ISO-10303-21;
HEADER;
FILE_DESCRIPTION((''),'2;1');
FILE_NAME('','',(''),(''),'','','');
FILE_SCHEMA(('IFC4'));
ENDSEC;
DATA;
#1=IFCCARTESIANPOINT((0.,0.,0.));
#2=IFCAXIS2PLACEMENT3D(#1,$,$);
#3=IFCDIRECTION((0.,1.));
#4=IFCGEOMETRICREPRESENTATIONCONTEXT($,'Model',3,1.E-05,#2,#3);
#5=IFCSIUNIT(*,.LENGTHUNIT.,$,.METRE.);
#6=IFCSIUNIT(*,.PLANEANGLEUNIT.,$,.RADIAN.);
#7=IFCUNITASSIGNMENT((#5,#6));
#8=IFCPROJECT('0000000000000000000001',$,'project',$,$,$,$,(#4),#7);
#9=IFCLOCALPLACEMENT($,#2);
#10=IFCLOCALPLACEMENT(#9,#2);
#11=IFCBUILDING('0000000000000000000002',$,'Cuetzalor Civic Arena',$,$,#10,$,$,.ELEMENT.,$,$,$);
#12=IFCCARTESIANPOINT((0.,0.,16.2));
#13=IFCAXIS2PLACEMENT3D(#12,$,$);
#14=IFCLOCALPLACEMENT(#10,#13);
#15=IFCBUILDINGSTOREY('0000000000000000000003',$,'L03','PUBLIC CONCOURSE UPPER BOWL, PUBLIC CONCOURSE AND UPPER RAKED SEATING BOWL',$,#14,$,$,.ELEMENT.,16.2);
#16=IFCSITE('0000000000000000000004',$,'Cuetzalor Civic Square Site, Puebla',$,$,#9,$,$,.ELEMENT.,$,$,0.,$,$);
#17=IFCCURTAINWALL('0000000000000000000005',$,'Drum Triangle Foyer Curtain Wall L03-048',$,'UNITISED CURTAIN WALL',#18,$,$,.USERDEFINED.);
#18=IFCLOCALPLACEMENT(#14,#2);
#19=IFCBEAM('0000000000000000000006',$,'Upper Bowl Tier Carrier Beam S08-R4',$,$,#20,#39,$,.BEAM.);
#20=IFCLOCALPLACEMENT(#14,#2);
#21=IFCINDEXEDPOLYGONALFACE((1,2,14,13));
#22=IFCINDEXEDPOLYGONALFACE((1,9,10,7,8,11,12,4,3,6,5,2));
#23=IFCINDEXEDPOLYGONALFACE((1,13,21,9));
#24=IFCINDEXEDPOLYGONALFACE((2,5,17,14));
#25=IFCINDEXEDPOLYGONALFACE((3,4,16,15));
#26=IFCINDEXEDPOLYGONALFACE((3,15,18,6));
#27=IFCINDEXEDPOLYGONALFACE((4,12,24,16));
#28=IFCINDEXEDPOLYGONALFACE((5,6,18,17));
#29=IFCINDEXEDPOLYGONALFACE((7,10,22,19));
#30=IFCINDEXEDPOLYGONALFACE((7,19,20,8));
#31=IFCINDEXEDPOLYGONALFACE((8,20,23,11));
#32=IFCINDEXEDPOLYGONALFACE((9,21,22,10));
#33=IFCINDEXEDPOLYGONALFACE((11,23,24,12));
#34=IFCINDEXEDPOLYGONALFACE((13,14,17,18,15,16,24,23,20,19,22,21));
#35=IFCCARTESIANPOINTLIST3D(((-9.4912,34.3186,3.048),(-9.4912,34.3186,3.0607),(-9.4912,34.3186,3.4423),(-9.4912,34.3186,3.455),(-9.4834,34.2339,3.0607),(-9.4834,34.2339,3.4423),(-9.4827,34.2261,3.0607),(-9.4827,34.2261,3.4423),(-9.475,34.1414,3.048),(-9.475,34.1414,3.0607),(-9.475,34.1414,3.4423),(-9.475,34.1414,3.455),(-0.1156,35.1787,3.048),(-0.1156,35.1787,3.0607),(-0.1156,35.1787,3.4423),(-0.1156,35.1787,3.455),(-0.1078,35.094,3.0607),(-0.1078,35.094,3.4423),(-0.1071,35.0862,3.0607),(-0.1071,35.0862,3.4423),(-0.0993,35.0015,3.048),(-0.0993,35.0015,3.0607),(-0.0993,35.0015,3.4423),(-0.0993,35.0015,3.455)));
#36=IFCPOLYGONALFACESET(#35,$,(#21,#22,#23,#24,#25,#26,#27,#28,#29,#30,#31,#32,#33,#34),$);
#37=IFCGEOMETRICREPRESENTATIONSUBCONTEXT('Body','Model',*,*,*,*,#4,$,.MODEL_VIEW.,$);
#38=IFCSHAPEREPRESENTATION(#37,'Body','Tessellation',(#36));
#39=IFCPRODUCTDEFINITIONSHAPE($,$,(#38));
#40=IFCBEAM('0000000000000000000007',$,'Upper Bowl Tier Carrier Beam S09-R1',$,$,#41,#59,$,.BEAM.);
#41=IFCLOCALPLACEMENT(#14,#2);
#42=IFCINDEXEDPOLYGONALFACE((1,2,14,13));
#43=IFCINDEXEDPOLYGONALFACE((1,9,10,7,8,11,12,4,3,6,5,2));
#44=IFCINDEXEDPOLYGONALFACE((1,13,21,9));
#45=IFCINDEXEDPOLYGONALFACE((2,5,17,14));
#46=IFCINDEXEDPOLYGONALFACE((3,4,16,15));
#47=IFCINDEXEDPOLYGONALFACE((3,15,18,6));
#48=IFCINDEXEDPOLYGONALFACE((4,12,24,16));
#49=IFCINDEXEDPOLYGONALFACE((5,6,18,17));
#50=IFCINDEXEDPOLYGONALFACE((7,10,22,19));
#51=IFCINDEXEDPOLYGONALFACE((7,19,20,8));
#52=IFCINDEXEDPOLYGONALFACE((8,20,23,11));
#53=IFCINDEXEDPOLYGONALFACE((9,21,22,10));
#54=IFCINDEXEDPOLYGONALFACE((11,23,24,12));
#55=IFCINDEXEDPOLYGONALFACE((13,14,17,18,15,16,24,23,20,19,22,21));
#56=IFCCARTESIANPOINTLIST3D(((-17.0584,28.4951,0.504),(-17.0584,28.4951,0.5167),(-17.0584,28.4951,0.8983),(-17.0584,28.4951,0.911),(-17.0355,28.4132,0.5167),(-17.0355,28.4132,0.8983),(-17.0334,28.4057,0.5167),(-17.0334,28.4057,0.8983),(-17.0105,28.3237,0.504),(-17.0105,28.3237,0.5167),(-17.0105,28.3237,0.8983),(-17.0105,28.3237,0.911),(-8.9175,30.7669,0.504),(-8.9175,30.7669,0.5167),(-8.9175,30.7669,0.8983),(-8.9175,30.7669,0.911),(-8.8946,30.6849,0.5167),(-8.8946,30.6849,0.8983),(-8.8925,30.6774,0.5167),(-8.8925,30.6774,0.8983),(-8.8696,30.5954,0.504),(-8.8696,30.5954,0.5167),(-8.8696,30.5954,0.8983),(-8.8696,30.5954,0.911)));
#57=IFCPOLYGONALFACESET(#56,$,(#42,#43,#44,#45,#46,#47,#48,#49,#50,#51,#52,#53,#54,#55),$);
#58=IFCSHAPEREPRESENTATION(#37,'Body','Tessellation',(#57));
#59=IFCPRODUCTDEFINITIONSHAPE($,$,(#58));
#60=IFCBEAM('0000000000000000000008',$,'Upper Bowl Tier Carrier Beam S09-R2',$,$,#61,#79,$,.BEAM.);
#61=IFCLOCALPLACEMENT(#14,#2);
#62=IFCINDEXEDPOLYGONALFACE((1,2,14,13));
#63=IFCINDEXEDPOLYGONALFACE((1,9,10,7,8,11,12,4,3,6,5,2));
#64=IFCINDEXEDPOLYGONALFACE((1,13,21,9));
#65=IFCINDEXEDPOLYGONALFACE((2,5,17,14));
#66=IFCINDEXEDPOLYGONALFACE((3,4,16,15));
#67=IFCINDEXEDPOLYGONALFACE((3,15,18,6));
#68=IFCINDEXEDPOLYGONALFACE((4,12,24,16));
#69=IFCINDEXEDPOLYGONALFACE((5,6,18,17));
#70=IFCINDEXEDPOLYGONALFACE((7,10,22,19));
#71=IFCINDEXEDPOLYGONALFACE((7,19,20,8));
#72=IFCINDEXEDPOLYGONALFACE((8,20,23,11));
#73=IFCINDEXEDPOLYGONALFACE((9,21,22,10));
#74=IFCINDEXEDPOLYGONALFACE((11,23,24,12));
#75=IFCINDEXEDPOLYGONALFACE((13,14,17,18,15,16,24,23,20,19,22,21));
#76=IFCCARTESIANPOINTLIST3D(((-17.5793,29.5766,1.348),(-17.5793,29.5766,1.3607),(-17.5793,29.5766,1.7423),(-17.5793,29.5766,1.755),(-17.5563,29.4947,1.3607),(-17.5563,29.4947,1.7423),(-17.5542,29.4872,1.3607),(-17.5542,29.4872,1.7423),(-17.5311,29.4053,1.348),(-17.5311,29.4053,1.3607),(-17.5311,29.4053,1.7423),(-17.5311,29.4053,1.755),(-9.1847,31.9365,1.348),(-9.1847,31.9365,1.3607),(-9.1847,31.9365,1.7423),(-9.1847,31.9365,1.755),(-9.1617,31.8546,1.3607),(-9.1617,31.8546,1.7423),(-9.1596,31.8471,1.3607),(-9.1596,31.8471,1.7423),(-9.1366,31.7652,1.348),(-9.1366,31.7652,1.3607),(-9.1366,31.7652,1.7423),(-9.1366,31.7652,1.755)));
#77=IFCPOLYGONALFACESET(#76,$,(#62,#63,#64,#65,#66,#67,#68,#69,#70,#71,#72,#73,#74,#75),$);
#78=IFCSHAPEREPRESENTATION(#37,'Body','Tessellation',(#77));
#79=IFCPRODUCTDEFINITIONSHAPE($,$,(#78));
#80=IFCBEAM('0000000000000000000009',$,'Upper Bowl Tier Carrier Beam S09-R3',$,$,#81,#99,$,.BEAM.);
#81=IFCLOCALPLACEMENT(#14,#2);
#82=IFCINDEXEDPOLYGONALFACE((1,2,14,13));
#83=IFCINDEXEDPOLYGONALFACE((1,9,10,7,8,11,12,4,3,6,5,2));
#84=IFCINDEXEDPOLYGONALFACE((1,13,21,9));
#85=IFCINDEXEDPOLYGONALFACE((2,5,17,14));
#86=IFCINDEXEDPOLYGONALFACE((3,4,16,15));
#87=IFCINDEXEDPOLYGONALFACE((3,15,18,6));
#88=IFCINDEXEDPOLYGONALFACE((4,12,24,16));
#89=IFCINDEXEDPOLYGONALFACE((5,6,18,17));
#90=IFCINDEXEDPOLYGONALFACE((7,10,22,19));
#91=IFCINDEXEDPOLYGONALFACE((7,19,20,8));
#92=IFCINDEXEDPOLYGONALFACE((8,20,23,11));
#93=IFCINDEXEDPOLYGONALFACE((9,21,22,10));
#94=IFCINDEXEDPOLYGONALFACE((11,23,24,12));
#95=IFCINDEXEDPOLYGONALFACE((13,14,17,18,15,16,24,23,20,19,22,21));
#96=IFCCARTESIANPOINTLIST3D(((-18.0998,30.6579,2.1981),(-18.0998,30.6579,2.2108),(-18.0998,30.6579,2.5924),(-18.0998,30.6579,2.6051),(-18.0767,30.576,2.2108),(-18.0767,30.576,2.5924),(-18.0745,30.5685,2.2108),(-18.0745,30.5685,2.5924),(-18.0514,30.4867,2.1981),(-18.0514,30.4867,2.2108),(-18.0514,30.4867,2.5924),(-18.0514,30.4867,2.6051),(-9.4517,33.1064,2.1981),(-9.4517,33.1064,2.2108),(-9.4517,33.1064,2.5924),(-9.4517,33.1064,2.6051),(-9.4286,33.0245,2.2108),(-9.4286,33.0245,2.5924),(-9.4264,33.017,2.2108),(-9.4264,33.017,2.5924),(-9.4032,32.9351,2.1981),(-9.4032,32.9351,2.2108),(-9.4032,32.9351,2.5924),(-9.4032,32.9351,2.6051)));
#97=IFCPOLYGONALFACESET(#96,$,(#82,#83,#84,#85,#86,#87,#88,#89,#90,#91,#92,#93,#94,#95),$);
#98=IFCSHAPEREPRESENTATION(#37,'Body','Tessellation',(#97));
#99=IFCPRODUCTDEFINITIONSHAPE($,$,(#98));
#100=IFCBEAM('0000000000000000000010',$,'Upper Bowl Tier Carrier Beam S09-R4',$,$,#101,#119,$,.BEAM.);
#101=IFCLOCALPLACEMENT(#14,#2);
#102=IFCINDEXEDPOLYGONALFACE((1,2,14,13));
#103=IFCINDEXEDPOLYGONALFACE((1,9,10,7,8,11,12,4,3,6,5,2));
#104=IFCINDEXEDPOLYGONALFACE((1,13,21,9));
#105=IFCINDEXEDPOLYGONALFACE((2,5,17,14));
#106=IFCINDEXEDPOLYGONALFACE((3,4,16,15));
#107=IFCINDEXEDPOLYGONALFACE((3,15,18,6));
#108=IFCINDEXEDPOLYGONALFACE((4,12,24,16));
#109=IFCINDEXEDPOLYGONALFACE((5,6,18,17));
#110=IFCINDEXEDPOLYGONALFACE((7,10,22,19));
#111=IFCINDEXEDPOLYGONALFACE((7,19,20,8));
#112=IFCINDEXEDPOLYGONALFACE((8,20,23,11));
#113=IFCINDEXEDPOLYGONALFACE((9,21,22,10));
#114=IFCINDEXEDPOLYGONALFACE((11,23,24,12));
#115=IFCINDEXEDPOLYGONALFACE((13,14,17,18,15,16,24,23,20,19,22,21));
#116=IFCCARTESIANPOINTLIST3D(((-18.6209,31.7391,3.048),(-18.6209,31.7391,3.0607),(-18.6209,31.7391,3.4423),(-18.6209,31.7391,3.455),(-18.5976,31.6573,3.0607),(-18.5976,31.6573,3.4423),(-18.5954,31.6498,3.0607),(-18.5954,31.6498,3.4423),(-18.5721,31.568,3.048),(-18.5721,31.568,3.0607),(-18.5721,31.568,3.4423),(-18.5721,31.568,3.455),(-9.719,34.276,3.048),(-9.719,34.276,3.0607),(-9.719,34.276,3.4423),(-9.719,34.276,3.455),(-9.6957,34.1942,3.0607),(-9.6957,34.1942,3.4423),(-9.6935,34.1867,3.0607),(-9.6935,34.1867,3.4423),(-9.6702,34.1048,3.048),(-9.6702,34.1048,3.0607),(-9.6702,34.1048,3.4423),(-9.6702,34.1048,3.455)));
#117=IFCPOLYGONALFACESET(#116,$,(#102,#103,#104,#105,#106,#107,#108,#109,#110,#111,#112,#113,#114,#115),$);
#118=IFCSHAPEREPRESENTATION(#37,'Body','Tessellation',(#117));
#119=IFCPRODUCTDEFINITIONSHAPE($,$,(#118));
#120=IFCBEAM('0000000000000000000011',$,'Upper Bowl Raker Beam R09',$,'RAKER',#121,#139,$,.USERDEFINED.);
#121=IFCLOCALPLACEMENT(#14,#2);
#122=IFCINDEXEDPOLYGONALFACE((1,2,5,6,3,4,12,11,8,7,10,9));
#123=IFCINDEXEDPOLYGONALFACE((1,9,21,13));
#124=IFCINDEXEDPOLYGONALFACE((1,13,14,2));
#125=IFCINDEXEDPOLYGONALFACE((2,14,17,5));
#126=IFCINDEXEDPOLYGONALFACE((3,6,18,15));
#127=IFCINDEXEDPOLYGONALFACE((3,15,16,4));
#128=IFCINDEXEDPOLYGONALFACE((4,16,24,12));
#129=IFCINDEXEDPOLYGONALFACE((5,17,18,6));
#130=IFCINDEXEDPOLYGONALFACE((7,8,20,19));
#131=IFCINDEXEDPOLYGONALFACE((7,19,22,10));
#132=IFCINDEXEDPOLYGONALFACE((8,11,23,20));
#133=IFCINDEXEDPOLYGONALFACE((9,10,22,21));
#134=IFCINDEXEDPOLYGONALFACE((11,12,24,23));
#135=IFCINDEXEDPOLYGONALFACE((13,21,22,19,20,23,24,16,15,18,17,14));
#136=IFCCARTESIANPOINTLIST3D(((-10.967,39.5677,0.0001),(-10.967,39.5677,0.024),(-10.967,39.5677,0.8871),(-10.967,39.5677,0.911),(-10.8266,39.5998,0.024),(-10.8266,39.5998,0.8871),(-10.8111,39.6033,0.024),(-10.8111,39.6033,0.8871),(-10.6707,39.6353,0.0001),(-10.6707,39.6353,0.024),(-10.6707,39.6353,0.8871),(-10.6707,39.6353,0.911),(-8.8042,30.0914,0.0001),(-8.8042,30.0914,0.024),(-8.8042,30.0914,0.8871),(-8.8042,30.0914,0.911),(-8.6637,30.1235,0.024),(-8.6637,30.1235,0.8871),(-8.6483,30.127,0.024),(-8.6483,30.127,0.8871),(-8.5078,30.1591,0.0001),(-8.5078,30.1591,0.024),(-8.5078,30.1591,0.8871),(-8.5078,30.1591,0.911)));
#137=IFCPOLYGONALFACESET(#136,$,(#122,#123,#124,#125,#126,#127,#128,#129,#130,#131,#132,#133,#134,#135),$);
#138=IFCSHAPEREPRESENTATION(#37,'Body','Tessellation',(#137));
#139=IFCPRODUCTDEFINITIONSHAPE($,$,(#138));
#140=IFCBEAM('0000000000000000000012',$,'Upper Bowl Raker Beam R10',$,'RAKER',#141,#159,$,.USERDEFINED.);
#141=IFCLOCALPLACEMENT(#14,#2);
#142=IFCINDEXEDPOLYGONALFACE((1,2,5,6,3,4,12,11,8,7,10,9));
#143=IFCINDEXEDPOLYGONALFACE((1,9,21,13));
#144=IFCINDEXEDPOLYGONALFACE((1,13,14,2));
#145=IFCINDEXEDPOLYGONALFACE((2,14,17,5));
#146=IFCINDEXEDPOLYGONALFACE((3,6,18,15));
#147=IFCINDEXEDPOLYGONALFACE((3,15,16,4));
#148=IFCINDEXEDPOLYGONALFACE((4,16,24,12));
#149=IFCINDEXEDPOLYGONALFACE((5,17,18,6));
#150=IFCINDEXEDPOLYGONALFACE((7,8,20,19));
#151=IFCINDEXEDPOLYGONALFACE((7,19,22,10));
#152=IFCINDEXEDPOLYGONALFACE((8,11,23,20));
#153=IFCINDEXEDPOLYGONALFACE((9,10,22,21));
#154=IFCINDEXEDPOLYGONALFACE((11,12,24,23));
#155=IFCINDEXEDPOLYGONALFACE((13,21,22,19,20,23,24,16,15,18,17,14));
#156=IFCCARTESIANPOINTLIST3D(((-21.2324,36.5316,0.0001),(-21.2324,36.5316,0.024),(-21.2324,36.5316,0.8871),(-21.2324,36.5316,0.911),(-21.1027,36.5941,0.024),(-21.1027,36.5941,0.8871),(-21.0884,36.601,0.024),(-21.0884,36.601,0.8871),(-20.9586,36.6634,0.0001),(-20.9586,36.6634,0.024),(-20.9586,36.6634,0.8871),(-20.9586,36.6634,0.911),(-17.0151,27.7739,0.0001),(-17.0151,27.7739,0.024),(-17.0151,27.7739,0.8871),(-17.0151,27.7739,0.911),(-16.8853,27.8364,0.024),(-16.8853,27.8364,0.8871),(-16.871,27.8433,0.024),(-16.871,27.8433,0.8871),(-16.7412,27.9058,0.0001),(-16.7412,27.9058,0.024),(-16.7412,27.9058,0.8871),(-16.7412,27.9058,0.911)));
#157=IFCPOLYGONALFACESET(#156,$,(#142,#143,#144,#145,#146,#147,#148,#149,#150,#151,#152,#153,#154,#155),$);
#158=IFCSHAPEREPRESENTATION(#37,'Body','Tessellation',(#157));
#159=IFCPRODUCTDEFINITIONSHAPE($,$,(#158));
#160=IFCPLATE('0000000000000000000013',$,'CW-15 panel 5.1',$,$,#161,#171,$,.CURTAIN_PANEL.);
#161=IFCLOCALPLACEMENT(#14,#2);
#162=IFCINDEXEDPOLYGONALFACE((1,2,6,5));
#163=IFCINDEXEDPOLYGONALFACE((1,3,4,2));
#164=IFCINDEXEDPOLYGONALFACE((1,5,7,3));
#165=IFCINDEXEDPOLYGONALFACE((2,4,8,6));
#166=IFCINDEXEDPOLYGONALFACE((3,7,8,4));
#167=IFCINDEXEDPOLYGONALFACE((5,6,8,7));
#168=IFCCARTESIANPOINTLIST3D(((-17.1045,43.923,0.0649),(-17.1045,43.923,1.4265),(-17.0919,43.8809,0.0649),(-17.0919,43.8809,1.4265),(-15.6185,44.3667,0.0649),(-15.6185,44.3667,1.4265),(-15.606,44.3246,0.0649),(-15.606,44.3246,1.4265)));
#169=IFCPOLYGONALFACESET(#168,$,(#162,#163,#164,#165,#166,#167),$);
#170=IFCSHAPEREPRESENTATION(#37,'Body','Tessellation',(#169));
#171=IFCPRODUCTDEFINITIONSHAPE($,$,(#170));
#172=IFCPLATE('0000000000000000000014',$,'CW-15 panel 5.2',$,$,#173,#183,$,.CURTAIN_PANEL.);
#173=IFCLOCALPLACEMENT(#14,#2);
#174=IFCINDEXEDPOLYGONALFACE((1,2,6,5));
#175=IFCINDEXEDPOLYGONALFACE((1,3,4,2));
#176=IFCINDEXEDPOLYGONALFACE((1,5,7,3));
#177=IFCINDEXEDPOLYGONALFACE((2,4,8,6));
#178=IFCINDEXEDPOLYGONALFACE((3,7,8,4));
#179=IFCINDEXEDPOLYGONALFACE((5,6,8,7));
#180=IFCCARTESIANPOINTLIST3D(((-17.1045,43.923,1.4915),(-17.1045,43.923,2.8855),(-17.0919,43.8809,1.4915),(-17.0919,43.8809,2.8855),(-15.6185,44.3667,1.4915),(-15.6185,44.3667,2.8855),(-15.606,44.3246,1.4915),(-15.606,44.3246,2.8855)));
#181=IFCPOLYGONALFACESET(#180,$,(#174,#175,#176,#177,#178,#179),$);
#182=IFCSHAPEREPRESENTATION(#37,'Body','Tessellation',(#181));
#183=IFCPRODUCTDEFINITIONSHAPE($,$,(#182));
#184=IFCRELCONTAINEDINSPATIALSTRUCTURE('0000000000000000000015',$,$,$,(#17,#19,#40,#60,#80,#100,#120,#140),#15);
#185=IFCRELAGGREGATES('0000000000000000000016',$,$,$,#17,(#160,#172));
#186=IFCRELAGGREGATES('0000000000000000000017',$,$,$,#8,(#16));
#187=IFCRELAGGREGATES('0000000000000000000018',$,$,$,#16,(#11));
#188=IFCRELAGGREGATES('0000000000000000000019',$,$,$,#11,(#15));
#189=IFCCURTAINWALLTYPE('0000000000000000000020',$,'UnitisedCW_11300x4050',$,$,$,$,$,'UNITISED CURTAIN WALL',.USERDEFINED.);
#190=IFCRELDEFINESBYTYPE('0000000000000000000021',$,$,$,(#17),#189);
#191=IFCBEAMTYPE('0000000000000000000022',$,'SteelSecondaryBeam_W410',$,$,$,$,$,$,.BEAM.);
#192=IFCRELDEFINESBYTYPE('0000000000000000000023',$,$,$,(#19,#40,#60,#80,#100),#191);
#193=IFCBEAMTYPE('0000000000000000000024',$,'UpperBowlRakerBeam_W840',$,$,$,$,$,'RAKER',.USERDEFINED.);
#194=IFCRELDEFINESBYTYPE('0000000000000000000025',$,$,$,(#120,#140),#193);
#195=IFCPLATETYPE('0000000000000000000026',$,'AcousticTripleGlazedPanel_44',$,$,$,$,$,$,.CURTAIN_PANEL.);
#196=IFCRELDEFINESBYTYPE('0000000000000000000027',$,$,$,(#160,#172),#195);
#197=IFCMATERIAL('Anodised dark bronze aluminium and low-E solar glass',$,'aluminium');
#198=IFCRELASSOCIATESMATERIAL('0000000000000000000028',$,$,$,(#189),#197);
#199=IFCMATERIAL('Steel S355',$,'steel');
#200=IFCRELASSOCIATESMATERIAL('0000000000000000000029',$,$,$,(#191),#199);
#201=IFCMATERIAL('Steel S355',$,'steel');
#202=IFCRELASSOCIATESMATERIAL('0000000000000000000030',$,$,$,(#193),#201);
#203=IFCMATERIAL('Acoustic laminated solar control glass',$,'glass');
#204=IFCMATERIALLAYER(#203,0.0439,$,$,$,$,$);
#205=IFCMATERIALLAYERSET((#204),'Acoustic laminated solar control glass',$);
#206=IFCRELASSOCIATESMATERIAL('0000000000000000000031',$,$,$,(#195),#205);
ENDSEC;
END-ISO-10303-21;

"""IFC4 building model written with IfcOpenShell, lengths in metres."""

from ifc_helpers import new_model, si_unit, direction, frame, origin, origin_2d, place, context, subcontext, project, spatial, rectangle, i_section, extrude, material, layer, layer_set, material_profile, profile_set, type_object, element, aggregate, save


model = new_model("IFC4")

# Units and contexts
model_context = context("Model", 3, precision=1e-05, world=origin(), true_north=direction((0.0, 1.0)))
body_context = subcontext(model_context, "Body", "Model", "MODEL_VIEW")
ifc_project = project(units=[si_unit("LENGTHUNIT", "METRE"), si_unit("PLANEANGLEUNIT", "RADIAN")], contexts=[model_context])

# Site, building, storey
site_placement = place(None, origin())
site = spatial("IfcSite", under=ifc_project, at=site_placement, Name="Cuetzalor Civic Square Site, Puebla", CompositionType="ELEMENT", RefElevation=0.0)
building_placement = place(site_placement, origin())
building = spatial("IfcBuilding", under=site, at=building_placement, Name="Cuetzalor Civic Arena", CompositionType="ELEMENT")
storey_placement = place(building_placement, frame((0.0, 0.0, 16.2)))
storey = spatial("IfcBuildingStorey", under=building, at=storey_placement, Name="L03", Description="PUBLIC CONCOURSE UPPER BOWL, PUBLIC CONCOURSE AND UPPER RAKED SEATING BOWL", CompositionType="ELEMENT", Elevation=16.2)

# Curtain wall
ifc_material_1 = material(Name="Anodised dark bronze aluminium and low-E solar glass", Category="aluminium")
curtain_wall_type = type_object("IfcCurtainWallType", Name="UnitisedCW_11300x4050", ElementType="UNITISED CURTAIN WALL", PredefinedType="USERDEFINED", material=ifc_material_1)
curtain_wall_placement = place(storey_placement, origin())
curtain_wall = element("IfcCurtainWall", 1, at=curtain_wall_placement, inside=storey, type_object=curtain_wall_type, Name="Drum Triangle Foyer Curtain Wall L03-048", ObjectType="UNITISED CURTAIN WALL", PredefinedType="USERDEFINED")

# Beams
ifc_material_2 = material(Name="Steel S355", Category="steel")
ifc_material_profile_1 = material_profile(ifc_material_2, i_section(OverallWidth=0.178, OverallDepth=0.407, WebThickness=0.0078, FlangeThickness=0.0127, at=origin_2d()), Name="W410x60")
ifc_profile_set_1 = profile_set([ifc_material_profile_1], Name="Steel S355")
beam_type_1 = type_object("IfcBeamType", Name="SteelSecondaryBeam_W410", PredefinedType="BEAM", material=ifc_profile_set_1)
beam_1_placement = place(storey_placement, frame((-0.1074, 35.0901, 3.2515), z_axis=(-0.995818, -0.091354, 0.0), x_axis=(0.091354, -0.995818, 0.0)))
element("IfcBeam", 2, at=beam_1_placement, inside=storey, type_object=beam_type_1, Name="Upper Bowl Tier Carrier Beam S08-R4", PredefinedType="BEAM", context=body_context, shape_type="SweptSolid", body=[
    extrude(i_section(OverallWidth=0.178, OverallDepth=0.407, WebThickness=0.0078, FlangeThickness=0.0127, at=origin_2d()), origin(), (0.0, 0.0, 1.0), 9.415),
])
beam_2_placement = place(storey_placement, frame((-8.8936, 30.6812, 0.7075), z_axis=(-0.963201, -0.268783, 0.0), x_axis=(0.268783, -0.963201, 0.0)))
element("IfcBeam", 3, at=beam_2_placement, inside=storey, type_object=beam_type_1, Name="Upper Bowl Tier Carrier Beam S09-R1", PredefinedType="BEAM", context=body_context, shape_type="SweptSolid", body=[
    extrude(i_section(OverallWidth=0.178, OverallDepth=0.407, WebThickness=0.0078, FlangeThickness=0.0127, at=origin_2d()), origin(), (0.0, 0.0, 1.0), 8.4519),
])
beam_3_placement = place(storey_placement, frame((-9.1606, 31.8508, 1.5515), z_axis=(-0.962684, -0.270629, 0.0), x_axis=(0.270629, -0.962684, 0.0)))
element("IfcBeam", 4, at=beam_3_placement, inside=storey, type_object=beam_type_1, Name="Upper Bowl Tier Carrier Beam S09-R2", PredefinedType="BEAM", context=body_context, shape_type="SweptSolid", body=[
    extrude(i_section(OverallWidth=0.178, OverallDepth=0.407, WebThickness=0.0078, FlangeThickness=0.0127, at=origin_2d()), origin(), (0.0, 0.0, 1.0), 8.72),
])
beam_4_placement = place(storey_placement, frame((-9.4275, 33.0208, 2.4016), z_axis=(-0.96218, -0.272414, 0.0), x_axis=(0.272414, -0.96218, 0.0)))
element("IfcBeam", 5, at=beam_4_placement, inside=storey, type_object=beam_type_1, Name="Upper Bowl Tier Carrier Beam S09-R3", PredefinedType="BEAM", context=body_context, shape_type="SweptSolid", body=[
    extrude(i_section(OverallWidth=0.178, OverallDepth=0.407, WebThickness=0.0078, FlangeThickness=0.0127, at=origin_2d()), origin(), (0.0, 0.0, 1.0), 8.988),
])
beam_5_placement = place(storey_placement, frame((-9.6946, 34.1904, 3.2515), z_axis=(-0.96171, -0.27407, 0.0), x_axis=(0.27407, -0.96171, 0.0)))
element("IfcBeam", 6, at=beam_5_placement, inside=storey, type_object=beam_type_1, Name="Upper Bowl Tier Carrier Beam S09-R4", PredefinedType="BEAM", context=body_context, shape_type="SweptSolid", body=[
    extrude(i_section(OverallWidth=0.178, OverallDepth=0.407, WebThickness=0.0078, FlangeThickness=0.0127, at=origin_2d()), origin(), (0.0, 0.0, 1.0), 9.2563),
])
ifc_material_3 = material(Name="Steel S355", Category="steel")
ifc_material_profile_2 = material_profile(ifc_material_3, i_section(OverallWidth=0.304, OverallDepth=0.9109, WebThickness=0.0159, FlangeThickness=0.0239, at=origin_2d()), Name="W920x223")
ifc_profile_set_2 = profile_set([ifc_material_profile_2], Name="Steel S355")
beam_type_2 = type_object("IfcBeamType", Name="UpperBowlRakerBeam_W840", ElementType="RAKER", PredefinedType="USERDEFINED", material=ifc_profile_set_2)
beam_6_placement = place(storey_placement, frame((-8.656, 30.1252, 0.4556), z_axis=(-0.222514, 0.974929, 0.0), x_axis=(-0.974929, -0.222514, 0.0)))
element("IfcBeam", 7, at=beam_6_placement, inside=storey, type_object=beam_type_2, Name="Upper Bowl Raker Beam R09", ObjectType="RAKER", PredefinedType="USERDEFINED", context=body_context, shape_type="SweptSolid", body=[
    extrude(i_section(OverallWidth=0.304, OverallDepth=0.9109, WebThickness=0.0159, FlangeThickness=0.0239, at=origin_2d()), origin(), (0.0, 0.0, 1.0), 9.72),
])
beam_7_placement = place(storey_placement, frame((-16.8782, 27.8398, 0.4556), z_axis=(-0.433872, 0.900974, 0.0), x_axis=(-0.900974, -0.433872, 0.0)))
element("IfcBeam", 8, at=beam_7_placement, inside=storey, type_object=beam_type_2, Name="Upper Bowl Raker Beam R10", ObjectType="RAKER", PredefinedType="USERDEFINED", context=body_context, shape_type="SweptSolid", body=[
    extrude(i_section(OverallWidth=0.304, OverallDepth=0.9109, WebThickness=0.0159, FlangeThickness=0.0239, at=origin_2d()), origin(), (0.0, 0.0, 1.0), 9.7202),
])

# Plates
ifc_material_4 = material(Name="Acoustic laminated solar control glass", Category="glass")
ifc_layer_1 = layer(ifc_material_4, 0.0439)
ifc_layer_set_1 = layer_set([ifc_layer_1], Name="Acoustic laminated solar control glass")
plate_type = type_object("IfcPlateType", Name="AcousticTripleGlazedPanel_44", PredefinedType="CURTAIN_PANEL", material=ifc_layer_set_1)
plate_1_placement = place(storey_placement, frame((-16.3552, 44.1238, 0.0649), z_axis=(0.0, 0.0, 1.0), x_axis=(0.958194, 0.28612, 0.0)))
plate_1 = element("IfcPlate", 9, at=plate_1_placement, type_object=plate_type, Name="CW-15 panel 5.1", PredefinedType="CURTAIN_PANEL", context=body_context, shape_type="SweptSolid", body=[
    extrude(rectangle(XDim=1.5508, YDim=0.0439, at=origin_2d()), origin(), (0.0, 0.0, 1.0), 1.3616),
])
plate_2_placement = place(storey_placement, frame((-16.3552, 44.1238, 1.4915), z_axis=(0.0, 0.0, 1.0), x_axis=(0.958194, 0.28612, 0.0)))
plate_2 = element("IfcPlate", 10, at=plate_2_placement, type_object=plate_type, Name="CW-15 panel 5.2", PredefinedType="CURTAIN_PANEL", context=body_context, shape_type="SweptSolid", body=[
    extrude(rectangle(XDim=1.5508, YDim=0.0439, at=origin_2d()), origin(), (0.0, 0.0, 1.0), 1.394),
])
aggregate(curtain_wall, [plate_1, plate_2])

save(model, "model.ifc")
